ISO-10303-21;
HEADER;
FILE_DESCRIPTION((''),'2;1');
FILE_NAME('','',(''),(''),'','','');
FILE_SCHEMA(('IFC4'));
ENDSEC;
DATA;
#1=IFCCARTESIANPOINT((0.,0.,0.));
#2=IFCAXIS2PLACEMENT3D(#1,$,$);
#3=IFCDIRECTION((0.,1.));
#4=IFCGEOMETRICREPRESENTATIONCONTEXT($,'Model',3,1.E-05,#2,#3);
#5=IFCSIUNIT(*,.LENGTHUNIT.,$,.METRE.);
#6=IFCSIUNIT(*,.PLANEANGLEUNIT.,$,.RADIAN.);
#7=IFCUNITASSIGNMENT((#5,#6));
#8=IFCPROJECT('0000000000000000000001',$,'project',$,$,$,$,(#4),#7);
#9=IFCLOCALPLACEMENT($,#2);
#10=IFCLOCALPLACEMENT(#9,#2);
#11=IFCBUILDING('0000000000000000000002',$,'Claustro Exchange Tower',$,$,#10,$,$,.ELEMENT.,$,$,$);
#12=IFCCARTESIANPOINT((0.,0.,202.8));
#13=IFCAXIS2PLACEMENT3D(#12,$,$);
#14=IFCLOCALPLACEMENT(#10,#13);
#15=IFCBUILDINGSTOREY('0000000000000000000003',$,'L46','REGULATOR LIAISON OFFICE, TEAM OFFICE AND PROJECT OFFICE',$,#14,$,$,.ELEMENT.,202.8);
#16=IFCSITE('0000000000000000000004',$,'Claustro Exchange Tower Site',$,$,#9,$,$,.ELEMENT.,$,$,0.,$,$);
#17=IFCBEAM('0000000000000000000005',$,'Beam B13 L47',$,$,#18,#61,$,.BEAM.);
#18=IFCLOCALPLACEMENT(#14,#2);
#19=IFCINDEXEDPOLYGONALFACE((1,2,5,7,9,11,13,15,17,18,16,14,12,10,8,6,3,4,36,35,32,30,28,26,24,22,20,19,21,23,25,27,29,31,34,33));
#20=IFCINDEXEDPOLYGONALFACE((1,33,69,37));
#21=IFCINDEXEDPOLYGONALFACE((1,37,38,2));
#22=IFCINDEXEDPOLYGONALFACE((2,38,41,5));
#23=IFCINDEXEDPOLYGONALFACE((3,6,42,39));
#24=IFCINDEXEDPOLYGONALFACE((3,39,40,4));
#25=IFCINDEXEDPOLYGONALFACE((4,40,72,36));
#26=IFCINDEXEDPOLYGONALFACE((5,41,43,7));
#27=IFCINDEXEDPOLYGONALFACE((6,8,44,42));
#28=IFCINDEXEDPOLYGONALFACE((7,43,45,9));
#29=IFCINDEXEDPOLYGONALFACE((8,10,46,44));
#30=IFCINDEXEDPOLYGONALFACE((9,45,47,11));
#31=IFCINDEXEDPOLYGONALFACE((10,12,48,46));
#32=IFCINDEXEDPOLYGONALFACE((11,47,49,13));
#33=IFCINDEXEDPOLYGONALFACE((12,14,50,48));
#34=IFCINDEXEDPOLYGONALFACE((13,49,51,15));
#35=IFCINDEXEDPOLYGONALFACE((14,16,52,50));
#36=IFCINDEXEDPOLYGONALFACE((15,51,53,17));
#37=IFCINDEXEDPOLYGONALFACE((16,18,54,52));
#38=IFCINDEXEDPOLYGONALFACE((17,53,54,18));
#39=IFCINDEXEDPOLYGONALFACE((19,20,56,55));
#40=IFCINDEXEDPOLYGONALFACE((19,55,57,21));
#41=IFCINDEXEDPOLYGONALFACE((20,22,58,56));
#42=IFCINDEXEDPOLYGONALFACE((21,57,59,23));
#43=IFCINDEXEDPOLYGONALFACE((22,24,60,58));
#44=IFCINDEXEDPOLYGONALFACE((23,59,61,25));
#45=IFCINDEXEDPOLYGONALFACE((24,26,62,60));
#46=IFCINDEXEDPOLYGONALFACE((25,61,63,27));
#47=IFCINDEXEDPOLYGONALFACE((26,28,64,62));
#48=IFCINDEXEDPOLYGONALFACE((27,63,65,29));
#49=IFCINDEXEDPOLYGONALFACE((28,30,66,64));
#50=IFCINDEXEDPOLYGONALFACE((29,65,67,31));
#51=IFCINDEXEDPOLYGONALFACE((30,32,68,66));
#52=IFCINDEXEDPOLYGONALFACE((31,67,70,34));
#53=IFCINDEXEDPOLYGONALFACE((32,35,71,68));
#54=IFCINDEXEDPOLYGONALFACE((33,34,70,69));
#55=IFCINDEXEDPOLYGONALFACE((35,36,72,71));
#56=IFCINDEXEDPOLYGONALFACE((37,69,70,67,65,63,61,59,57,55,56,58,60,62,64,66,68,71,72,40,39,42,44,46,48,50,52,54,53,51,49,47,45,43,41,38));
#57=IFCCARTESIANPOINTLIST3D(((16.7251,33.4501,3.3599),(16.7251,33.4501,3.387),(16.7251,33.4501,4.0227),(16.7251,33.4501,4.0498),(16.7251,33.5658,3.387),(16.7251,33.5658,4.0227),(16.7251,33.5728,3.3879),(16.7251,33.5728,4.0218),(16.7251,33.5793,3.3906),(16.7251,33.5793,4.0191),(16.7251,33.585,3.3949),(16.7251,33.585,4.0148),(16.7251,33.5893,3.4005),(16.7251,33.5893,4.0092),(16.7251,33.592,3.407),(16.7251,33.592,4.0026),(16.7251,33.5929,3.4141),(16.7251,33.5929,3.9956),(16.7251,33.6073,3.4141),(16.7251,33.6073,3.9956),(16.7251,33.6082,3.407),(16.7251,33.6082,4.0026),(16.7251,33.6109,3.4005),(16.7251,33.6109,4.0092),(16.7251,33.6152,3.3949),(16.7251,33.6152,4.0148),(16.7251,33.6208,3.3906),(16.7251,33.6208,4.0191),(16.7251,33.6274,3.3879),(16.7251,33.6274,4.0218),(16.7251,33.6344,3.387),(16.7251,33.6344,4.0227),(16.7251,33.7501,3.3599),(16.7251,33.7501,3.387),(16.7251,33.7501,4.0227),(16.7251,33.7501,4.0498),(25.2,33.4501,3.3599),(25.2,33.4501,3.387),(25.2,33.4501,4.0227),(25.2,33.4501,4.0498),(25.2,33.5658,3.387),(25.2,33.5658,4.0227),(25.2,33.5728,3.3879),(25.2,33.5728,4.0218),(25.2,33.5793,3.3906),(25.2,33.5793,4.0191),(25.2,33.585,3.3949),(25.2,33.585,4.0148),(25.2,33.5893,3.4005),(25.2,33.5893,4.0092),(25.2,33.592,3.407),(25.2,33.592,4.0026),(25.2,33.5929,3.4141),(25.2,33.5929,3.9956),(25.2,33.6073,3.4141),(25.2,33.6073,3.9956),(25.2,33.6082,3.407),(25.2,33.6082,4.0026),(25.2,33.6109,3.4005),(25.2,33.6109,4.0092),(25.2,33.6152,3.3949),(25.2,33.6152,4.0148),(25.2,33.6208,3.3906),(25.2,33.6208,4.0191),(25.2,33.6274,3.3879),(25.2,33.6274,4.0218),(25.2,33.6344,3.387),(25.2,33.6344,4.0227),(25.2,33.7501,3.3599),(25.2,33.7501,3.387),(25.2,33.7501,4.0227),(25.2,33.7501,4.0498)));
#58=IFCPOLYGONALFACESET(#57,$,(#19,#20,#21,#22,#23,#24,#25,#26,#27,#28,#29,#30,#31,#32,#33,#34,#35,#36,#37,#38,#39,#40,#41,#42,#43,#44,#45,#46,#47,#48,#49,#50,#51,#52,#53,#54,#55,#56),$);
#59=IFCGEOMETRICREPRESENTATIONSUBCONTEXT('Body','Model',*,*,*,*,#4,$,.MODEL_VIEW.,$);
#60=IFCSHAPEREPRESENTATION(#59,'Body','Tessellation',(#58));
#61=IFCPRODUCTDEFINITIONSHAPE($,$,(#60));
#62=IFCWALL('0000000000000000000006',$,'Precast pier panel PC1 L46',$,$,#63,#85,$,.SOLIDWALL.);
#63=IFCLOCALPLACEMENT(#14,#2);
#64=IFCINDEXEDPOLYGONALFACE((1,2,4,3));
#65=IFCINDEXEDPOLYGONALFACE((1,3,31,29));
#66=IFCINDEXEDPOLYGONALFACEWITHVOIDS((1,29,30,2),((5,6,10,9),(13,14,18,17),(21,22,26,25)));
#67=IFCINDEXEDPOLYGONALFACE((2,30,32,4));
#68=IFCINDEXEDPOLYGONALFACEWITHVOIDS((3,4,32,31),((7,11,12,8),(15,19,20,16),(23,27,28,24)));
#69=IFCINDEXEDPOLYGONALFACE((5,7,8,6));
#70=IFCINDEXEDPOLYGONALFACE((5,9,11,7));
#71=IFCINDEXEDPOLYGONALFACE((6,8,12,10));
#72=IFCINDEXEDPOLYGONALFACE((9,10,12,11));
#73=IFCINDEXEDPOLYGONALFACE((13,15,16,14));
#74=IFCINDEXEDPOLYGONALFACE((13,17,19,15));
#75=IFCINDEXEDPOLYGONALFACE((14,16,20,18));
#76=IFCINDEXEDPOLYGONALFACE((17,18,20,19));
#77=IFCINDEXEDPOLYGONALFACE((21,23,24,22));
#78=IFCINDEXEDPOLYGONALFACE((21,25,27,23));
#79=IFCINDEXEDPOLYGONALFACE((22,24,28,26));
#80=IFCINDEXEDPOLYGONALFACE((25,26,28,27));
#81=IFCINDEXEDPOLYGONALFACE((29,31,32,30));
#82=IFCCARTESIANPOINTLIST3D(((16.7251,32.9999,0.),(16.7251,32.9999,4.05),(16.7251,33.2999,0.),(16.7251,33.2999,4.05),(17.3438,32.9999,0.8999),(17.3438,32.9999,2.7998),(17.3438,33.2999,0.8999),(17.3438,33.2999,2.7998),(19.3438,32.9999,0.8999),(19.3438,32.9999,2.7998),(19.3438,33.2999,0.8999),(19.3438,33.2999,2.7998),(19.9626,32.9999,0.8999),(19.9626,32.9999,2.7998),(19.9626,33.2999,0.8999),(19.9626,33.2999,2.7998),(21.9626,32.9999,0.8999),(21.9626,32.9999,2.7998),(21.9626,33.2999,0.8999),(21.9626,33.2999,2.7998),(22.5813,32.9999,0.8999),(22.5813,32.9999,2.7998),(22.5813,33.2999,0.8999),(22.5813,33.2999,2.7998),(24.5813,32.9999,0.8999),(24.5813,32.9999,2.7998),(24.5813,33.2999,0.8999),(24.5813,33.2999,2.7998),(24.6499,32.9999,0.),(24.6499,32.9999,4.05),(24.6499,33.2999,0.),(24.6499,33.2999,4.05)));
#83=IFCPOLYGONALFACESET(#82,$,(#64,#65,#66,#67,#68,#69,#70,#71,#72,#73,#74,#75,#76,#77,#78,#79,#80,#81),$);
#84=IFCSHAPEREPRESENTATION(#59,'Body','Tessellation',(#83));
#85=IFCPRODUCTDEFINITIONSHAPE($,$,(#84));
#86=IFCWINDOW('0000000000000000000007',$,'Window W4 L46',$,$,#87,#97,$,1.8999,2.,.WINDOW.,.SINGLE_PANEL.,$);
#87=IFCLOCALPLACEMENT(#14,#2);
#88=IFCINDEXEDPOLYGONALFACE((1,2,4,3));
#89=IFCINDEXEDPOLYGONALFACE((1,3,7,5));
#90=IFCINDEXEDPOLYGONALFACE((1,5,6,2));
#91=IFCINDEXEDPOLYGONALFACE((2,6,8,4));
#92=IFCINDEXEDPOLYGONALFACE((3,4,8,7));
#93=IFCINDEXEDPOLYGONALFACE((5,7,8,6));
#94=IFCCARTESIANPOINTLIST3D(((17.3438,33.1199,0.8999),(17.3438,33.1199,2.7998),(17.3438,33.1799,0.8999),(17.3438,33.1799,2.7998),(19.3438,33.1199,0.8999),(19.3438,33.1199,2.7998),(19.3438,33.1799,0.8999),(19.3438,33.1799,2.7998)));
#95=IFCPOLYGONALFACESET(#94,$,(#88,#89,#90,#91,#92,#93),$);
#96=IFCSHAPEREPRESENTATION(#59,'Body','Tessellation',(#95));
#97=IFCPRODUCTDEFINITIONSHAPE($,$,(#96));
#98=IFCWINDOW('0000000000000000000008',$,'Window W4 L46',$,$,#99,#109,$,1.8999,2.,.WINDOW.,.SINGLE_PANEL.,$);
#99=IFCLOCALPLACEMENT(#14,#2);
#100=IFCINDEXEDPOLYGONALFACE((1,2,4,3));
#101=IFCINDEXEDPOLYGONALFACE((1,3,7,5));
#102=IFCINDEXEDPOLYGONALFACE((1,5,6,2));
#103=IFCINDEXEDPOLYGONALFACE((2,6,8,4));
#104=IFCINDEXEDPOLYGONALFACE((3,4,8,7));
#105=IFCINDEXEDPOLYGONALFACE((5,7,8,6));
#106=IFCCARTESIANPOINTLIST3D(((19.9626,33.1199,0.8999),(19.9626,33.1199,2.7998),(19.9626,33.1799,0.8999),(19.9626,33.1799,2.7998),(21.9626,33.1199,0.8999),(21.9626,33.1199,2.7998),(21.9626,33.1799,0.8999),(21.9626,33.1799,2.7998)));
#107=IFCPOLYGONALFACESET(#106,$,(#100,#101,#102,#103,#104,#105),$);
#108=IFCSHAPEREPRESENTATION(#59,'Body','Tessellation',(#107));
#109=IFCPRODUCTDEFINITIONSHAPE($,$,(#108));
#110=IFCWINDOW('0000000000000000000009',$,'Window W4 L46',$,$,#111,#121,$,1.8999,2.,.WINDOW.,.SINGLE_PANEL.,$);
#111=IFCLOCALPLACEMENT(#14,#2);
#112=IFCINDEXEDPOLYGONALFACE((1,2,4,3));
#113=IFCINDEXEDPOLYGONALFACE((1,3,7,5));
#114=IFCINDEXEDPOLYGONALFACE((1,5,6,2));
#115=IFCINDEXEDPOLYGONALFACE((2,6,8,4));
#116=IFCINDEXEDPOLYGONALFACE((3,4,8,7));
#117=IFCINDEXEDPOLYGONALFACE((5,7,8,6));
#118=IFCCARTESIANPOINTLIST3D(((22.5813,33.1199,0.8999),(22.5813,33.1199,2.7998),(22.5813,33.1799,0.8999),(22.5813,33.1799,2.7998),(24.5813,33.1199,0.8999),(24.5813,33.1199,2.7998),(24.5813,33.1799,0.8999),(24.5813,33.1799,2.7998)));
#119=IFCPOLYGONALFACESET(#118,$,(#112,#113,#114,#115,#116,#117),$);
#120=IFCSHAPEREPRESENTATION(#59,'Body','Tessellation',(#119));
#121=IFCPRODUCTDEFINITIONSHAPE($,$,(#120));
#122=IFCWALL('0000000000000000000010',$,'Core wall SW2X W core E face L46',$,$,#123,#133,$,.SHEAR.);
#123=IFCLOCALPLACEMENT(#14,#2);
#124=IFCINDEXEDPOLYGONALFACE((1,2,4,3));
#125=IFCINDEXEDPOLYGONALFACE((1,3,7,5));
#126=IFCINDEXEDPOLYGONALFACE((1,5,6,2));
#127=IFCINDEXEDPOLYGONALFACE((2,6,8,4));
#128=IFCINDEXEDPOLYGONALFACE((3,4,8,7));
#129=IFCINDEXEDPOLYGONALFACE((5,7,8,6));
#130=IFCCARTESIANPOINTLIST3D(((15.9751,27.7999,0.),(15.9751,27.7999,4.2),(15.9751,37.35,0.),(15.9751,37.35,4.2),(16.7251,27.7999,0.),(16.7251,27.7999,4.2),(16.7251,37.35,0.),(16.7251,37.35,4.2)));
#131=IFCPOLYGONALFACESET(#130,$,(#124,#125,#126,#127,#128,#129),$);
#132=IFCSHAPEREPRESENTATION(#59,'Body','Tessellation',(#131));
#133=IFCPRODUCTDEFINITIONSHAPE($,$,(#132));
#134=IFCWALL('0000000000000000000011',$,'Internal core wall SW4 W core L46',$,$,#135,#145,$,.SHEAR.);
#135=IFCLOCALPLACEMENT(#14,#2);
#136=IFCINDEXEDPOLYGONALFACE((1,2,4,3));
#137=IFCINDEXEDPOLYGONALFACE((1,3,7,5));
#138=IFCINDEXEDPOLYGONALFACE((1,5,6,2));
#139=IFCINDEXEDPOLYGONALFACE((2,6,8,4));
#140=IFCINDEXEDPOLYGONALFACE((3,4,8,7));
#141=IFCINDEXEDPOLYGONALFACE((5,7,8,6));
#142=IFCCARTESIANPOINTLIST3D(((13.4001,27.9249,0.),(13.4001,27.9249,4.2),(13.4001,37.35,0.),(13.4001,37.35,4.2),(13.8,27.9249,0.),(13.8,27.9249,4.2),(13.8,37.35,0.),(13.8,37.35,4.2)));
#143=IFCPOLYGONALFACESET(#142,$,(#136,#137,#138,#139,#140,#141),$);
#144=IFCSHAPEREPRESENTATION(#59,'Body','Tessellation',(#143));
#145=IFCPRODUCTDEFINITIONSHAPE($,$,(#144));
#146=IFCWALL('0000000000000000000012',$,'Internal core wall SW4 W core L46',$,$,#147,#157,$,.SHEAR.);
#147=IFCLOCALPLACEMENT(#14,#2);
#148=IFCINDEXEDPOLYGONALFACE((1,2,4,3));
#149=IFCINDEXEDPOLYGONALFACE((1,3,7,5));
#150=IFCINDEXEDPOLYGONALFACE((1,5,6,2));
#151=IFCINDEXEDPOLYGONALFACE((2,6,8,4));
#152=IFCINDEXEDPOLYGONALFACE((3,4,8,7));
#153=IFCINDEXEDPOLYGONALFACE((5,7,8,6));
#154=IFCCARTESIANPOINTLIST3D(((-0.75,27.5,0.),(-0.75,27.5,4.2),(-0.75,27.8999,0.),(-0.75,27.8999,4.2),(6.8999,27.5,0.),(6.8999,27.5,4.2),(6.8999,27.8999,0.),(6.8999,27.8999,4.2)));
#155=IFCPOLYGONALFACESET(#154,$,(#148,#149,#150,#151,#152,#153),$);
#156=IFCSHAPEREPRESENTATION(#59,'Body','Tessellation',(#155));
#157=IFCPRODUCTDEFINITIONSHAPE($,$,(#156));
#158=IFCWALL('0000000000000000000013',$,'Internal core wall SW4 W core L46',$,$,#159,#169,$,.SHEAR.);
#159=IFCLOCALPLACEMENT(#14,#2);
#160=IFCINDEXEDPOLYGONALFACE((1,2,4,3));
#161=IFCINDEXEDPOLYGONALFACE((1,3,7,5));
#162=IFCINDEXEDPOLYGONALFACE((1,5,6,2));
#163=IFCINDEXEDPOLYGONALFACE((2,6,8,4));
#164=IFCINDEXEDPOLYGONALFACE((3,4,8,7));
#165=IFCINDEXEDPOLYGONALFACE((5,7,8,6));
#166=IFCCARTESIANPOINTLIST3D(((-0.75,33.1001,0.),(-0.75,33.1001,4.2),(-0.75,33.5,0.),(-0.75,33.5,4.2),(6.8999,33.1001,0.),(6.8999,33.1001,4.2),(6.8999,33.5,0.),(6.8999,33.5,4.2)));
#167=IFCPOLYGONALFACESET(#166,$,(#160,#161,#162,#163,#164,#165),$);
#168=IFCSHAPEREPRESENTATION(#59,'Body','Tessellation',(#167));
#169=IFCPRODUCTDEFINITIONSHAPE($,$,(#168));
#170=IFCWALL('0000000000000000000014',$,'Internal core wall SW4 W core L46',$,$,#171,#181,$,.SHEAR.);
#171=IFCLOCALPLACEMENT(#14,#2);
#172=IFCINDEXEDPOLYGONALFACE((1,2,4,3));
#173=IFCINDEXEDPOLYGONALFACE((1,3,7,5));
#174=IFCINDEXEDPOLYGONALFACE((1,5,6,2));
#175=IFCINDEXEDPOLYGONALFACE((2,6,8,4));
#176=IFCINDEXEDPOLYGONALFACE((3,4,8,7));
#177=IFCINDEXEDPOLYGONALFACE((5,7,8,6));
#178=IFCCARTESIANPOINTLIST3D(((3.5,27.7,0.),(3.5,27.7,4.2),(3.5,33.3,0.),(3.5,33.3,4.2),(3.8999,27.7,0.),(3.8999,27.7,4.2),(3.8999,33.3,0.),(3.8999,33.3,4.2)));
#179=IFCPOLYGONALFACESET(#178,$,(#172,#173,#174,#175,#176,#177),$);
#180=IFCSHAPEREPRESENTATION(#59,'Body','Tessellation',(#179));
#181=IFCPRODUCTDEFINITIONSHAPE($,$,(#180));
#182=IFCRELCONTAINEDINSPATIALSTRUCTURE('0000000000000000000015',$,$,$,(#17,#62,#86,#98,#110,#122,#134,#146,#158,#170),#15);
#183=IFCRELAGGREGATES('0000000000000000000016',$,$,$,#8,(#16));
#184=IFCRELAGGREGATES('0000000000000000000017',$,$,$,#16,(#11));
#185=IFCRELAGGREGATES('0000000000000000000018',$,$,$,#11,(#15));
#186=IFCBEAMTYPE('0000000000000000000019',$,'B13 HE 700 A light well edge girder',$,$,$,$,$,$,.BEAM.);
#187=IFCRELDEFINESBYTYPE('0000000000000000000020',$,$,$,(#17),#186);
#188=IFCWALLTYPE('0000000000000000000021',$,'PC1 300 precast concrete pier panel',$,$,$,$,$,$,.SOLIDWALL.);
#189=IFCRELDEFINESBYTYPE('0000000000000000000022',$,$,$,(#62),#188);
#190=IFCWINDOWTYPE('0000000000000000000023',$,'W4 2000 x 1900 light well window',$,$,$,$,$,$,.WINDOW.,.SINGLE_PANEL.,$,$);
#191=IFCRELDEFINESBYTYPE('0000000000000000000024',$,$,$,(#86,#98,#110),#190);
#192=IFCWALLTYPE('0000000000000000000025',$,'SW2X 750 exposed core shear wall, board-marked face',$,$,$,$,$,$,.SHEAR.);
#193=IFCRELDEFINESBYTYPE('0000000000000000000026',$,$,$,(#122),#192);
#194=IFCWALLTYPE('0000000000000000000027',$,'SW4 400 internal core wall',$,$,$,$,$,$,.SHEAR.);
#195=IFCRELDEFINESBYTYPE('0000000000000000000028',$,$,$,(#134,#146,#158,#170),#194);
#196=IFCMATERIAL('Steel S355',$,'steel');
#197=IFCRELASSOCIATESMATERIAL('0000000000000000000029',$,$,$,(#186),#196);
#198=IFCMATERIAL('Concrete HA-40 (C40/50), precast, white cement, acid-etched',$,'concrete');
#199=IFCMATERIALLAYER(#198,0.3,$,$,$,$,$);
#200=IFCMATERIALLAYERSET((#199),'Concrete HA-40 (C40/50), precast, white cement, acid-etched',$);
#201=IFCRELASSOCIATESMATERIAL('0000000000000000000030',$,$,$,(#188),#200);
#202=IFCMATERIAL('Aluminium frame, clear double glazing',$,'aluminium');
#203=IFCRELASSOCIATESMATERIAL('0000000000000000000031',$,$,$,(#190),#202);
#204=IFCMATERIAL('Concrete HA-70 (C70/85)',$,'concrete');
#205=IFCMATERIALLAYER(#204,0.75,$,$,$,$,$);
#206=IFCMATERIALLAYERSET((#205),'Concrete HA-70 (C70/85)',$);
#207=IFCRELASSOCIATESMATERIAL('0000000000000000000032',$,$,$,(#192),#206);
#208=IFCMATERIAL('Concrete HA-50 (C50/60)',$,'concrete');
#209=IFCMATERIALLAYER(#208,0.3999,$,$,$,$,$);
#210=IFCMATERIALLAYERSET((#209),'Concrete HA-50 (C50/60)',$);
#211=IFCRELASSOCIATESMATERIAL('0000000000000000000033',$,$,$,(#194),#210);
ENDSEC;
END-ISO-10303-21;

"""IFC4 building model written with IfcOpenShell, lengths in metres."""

from ifc_helpers import new_model, si_unit, direction, frame, frame_2d, origin, origin_2d, place, context, subcontext, project, spatial, rectangle, i_section, extrude, material, layer, layer_set, material_profile, profile_set, type_object, element, fill, save


model = new_model("IFC4")

# Units and contexts
model_context = context("Model", 3, precision=1e-05, world=origin(), true_north=direction((0.0, 1.0)))
body_context = subcontext(model_context, "Body", "Model", "MODEL_VIEW")
ifc_project = project(units=[si_unit("LENGTHUNIT", "METRE"), si_unit("PLANEANGLEUNIT", "RADIAN")], contexts=[model_context])

# Site, building, storey
site_placement = place(None, origin())
site = spatial("IfcSite", under=ifc_project, at=site_placement, Name="Claustro Exchange Tower Site", CompositionType="ELEMENT", RefElevation=0.0)
building_placement = place(site_placement, origin())
building = spatial("IfcBuilding", under=site, at=building_placement, Name="Claustro Exchange Tower", CompositionType="ELEMENT")
storey_placement = place(building_placement, frame((0.0, 0.0, 202.8)))
storey = spatial("IfcBuildingStorey", under=building, at=storey_placement, Name="L46", Description="REGULATOR LIAISON OFFICE, TEAM OFFICE AND PROJECT OFFICE", CompositionType="ELEMENT", Elevation=202.8)

# Beam
ifc_material_1 = material(Name="Steel S355", Category="steel")
ifc_material_profile = material_profile(ifc_material_1, i_section(OverallWidth=0.3, OverallDepth=0.6899, WebThickness=0.0144, FlangeThickness=0.0271, FilletRadius=0.0271, at=origin_2d()), Name="HE 700 A")
ifc_profile_set = profile_set([ifc_material_profile], Name="Steel S355")
beam_type = type_object("IfcBeamType", Name="B13 HE 700 A light well edge girder", PredefinedType="BEAM", material=ifc_profile_set)
beam_placement = place(storey_placement, frame((16.7251, 33.6001, 3.7048), z_axis=(1.0, 0.0, 0.0), x_axis=(0.0, 1.0, 0.0)))
element("IfcBeam", 1, at=beam_placement, inside=storey, type_object=beam_type, Name="Beam B13 L47", PredefinedType="BEAM", context=body_context, shape_type="SweptSolid", body=[
    extrude(i_section(OverallWidth=0.3, OverallDepth=0.6899, WebThickness=0.0144, FlangeThickness=0.0271, FilletRadius=0.0271, at=origin_2d()), origin(), (0.0, 0.0, 1.0), 8.4749),
])

# Wall, openings, windows
ifc_material_2 = material(Name="Concrete HA-40 (C40/50), precast, white cement, acid-etched", Category="concrete")
ifc_layer_1 = layer(ifc_material_2, 0.3)
ifc_layer_set_1 = layer_set([ifc_layer_1], Name="Concrete HA-40 (C40/50), precast, white cement, acid-etched")
wall_type_1 = type_object("IfcWallType", Name="PC1 300 precast concrete pier panel", PredefinedType="SOLIDWALL", material=ifc_layer_set_1)
wall_1_placement = place(storey_placement, frame((16.7251, 33.1499, 0.0), z_axis=(0.0, 0.0, 1.0), x_axis=(1.0, 0.0, 0.0)))
wall_1 = element("IfcWall", 2, at=wall_1_placement, inside=storey, type_object=wall_type_1, Name="Precast pier panel PC1 L46", PredefinedType="SOLIDWALL", context=body_context, shape_type="SweptSolid", body=[
    extrude(rectangle(XDim=7.9248, YDim=0.3, at=frame_2d((3.9624, 0.0))), origin(), (0.0, 0.0, 1.0), 4.05),
])
opening_1_placement = place(wall_1_placement, frame((0.6187, 0.0, 0.8999)))
opening_1 = element("IfcOpeningElement", 3, at=opening_1_placement, cuts=wall_1, PredefinedType="OPENING", context=body_context, shape_type="SweptSolid", body=[
    extrude(rectangle(XDim=2.0, YDim=1.8999, at=frame_2d((1.0, 0.95))), frame((0.0, 0.1599, 0.0), z_axis=(0.0, -1.0, 0.0), x_axis=(1.0, 0.0, 0.0)), (0.0, 0.0, 1.0), 0.3201),
])
opening_2_placement = place(wall_1_placement, frame((3.2375, 0.0, 0.8999)))
opening_2 = element("IfcOpeningElement", 4, at=opening_2_placement, cuts=wall_1, PredefinedType="OPENING", context=body_context, shape_type="SweptSolid", body=[
    extrude(rectangle(XDim=2.0, YDim=1.8999, at=frame_2d((1.0, 0.95))), frame((0.0, 0.1599, 0.0), z_axis=(0.0, -1.0, 0.0), x_axis=(1.0, 0.0, 0.0)), (0.0, 0.0, 1.0), 0.3201),
])
opening_3_placement = place(wall_1_placement, frame((5.8562, 0.0, 0.8999)))
opening_3 = element("IfcOpeningElement", 5, at=opening_3_placement, cuts=wall_1, PredefinedType="OPENING", context=body_context, shape_type="SweptSolid", body=[
    extrude(rectangle(XDim=2.0, YDim=1.8999, at=frame_2d((1.0, 0.95))), frame((0.0, 0.1599, 0.0), z_axis=(0.0, -1.0, 0.0), x_axis=(1.0, 0.0, 0.0)), (0.0, 0.0, 1.0), 0.3201),
])
ifc_material_3 = material(Name="Aluminium frame, clear double glazing", Category="aluminium")
window_type = type_object("IfcWindowType", Name="W4 2000 x 1900 light well window", PartitioningType="SINGLE_PANEL", PredefinedType="WINDOW", material=ifc_material_3)
window_1_placement = place(opening_1_placement, origin())
window_1 = element("IfcWindow", 6, at=window_1_placement, inside=storey, type_object=window_type, Name="Window W4 L46", OverallHeight=1.8999, OverallWidth=2.0, PartitioningType="SINGLE_PANEL", PredefinedType="WINDOW", context=body_context, shape_type="SweptSolid", body=[
    extrude(rectangle(XDim=2.0, YDim=1.8999, at=frame_2d((1.0, 0.95))), frame((0.0, 0.03, 0.0), z_axis=(0.0, -1.0, 0.0), x_axis=(1.0, 0.0, 0.0)), (0.0, 0.0, 1.0), 0.0601),
])
fill(opening_1, window_1)
window_2_placement = place(opening_2_placement, origin())
window_2 = element("IfcWindow", 7, at=window_2_placement, inside=storey, type_object=window_type, Name="Window W4 L46", OverallHeight=1.8999, OverallWidth=2.0, PartitioningType="SINGLE_PANEL", PredefinedType="WINDOW", context=body_context, shape_type="SweptSolid", body=[
    extrude(rectangle(XDim=2.0, YDim=1.8999, at=frame_2d((1.0, 0.95))), frame((0.0, 0.03, 0.0), z_axis=(0.0, -1.0, 0.0), x_axis=(1.0, 0.0, 0.0)), (0.0, 0.0, 1.0), 0.0601),
])
fill(opening_2, window_2)
window_3_placement = place(opening_3_placement, origin())
window_3 = element("IfcWindow", 8, at=window_3_placement, inside=storey, type_object=window_type, Name="Window W4 L46", OverallHeight=1.8999, OverallWidth=2.0, PartitioningType="SINGLE_PANEL", PredefinedType="WINDOW", context=body_context, shape_type="SweptSolid", body=[
    extrude(rectangle(XDim=2.0, YDim=1.8999, at=frame_2d((1.0, 0.95))), frame((0.0, 0.03, 0.0), z_axis=(0.0, -1.0, 0.0), x_axis=(1.0, 0.0, 0.0)), (0.0, 0.0, 1.0), 0.0601),
])
fill(opening_3, window_3)

# Walls
ifc_material_4 = material(Name="Concrete HA-70 (C70/85)", Category="concrete")
ifc_layer_2 = layer(ifc_material_4, 0.75)
ifc_layer_set_2 = layer_set([ifc_layer_2], Name="Concrete HA-70 (C70/85)")
wall_type_2 = type_object("IfcWallType", Name="SW2X 750 exposed core shear wall, board-marked face", PredefinedType="SHEAR", material=ifc_layer_set_2)
wall_2_placement = place(storey_placement, frame((16.3501, 27.8, 0.0), z_axis=(0.0, 0.0, 1.0), x_axis=(0.0, 1.0, 0.0)))
element("IfcWall", 9, at=wall_2_placement, inside=storey, type_object=wall_type_2, Name="Core wall SW2X W core E face L46", PredefinedType="SHEAR", context=body_context, shape_type="SweptSolid", body=[
    extrude(rectangle(XDim=9.55, YDim=0.75, at=frame_2d((4.7749, 0.0))), origin(), (0.0, 0.0, 1.0), 4.2),
])
ifc_material_5 = material(Name="Concrete HA-50 (C50/60)", Category="concrete")
ifc_layer_3 = layer(ifc_material_5, 0.3999)
ifc_layer_set_3 = layer_set([ifc_layer_3], Name="Concrete HA-50 (C50/60)")
wall_type_3 = type_object("IfcWallType", Name="SW4 400 internal core wall", PredefinedType="SHEAR", material=ifc_layer_set_3)
wall_3_placement = place(storey_placement, frame((13.6001, 27.925, 0.0), z_axis=(0.0, 0.0, 1.0), x_axis=(0.0, 1.0, 0.0)))
element("IfcWall", 10, at=wall_3_placement, inside=storey, type_object=wall_type_3, Name="Internal core wall SW4 W core L46", PredefinedType="SHEAR", context=body_context, shape_type="SweptSolid", body=[
    extrude(rectangle(XDim=9.425, YDim=0.3999, at=frame_2d((4.7124, 0.0))), origin(), (0.0, 0.0, 1.0), 4.2),
])
for number, where, z_axis, x_axis, name in (
    (11, (-0.75, 27.7, 0.0), (0.0, 0.0, 1.0), (1.0, 0.0, 0.0), "Internal core wall SW4 W core L46"),
    (12, (-0.75, 33.3, 0.0), (0.0, 0.0, 1.0), (1.0, 0.0, 0.0), "Internal core wall SW4 W core L46"),
):
    element("IfcWall", number, at=place(storey_placement, frame(where, z_axis=z_axis, x_axis=x_axis)), inside=storey, type_object=wall_type_3, Name=name, PredefinedType="SHEAR", context=body_context, shape_type="SweptSolid", body=[
        extrude(rectangle(XDim=7.6499, YDim=0.3999, at=frame_2d((3.825, 0.0))), origin(), (0.0, 0.0, 1.0), 4.2),
    ])
wall_4_placement = place(storey_placement, frame((3.7, 27.7, 0.0), z_axis=(0.0, 0.0, 1.0), x_axis=(0.0, 1.0, 0.0)))
element("IfcWall", 13, at=wall_4_placement, inside=storey, type_object=wall_type_3, Name="Internal core wall SW4 W core L46", PredefinedType="SHEAR", context=body_context, shape_type="SweptSolid", body=[
    extrude(rectangle(XDim=5.6001, YDim=0.3999, at=frame_2d((2.8, 0.0))), origin(), (0.0, 0.0, 1.0), 4.2),
])

save(model, "model.ifc")
